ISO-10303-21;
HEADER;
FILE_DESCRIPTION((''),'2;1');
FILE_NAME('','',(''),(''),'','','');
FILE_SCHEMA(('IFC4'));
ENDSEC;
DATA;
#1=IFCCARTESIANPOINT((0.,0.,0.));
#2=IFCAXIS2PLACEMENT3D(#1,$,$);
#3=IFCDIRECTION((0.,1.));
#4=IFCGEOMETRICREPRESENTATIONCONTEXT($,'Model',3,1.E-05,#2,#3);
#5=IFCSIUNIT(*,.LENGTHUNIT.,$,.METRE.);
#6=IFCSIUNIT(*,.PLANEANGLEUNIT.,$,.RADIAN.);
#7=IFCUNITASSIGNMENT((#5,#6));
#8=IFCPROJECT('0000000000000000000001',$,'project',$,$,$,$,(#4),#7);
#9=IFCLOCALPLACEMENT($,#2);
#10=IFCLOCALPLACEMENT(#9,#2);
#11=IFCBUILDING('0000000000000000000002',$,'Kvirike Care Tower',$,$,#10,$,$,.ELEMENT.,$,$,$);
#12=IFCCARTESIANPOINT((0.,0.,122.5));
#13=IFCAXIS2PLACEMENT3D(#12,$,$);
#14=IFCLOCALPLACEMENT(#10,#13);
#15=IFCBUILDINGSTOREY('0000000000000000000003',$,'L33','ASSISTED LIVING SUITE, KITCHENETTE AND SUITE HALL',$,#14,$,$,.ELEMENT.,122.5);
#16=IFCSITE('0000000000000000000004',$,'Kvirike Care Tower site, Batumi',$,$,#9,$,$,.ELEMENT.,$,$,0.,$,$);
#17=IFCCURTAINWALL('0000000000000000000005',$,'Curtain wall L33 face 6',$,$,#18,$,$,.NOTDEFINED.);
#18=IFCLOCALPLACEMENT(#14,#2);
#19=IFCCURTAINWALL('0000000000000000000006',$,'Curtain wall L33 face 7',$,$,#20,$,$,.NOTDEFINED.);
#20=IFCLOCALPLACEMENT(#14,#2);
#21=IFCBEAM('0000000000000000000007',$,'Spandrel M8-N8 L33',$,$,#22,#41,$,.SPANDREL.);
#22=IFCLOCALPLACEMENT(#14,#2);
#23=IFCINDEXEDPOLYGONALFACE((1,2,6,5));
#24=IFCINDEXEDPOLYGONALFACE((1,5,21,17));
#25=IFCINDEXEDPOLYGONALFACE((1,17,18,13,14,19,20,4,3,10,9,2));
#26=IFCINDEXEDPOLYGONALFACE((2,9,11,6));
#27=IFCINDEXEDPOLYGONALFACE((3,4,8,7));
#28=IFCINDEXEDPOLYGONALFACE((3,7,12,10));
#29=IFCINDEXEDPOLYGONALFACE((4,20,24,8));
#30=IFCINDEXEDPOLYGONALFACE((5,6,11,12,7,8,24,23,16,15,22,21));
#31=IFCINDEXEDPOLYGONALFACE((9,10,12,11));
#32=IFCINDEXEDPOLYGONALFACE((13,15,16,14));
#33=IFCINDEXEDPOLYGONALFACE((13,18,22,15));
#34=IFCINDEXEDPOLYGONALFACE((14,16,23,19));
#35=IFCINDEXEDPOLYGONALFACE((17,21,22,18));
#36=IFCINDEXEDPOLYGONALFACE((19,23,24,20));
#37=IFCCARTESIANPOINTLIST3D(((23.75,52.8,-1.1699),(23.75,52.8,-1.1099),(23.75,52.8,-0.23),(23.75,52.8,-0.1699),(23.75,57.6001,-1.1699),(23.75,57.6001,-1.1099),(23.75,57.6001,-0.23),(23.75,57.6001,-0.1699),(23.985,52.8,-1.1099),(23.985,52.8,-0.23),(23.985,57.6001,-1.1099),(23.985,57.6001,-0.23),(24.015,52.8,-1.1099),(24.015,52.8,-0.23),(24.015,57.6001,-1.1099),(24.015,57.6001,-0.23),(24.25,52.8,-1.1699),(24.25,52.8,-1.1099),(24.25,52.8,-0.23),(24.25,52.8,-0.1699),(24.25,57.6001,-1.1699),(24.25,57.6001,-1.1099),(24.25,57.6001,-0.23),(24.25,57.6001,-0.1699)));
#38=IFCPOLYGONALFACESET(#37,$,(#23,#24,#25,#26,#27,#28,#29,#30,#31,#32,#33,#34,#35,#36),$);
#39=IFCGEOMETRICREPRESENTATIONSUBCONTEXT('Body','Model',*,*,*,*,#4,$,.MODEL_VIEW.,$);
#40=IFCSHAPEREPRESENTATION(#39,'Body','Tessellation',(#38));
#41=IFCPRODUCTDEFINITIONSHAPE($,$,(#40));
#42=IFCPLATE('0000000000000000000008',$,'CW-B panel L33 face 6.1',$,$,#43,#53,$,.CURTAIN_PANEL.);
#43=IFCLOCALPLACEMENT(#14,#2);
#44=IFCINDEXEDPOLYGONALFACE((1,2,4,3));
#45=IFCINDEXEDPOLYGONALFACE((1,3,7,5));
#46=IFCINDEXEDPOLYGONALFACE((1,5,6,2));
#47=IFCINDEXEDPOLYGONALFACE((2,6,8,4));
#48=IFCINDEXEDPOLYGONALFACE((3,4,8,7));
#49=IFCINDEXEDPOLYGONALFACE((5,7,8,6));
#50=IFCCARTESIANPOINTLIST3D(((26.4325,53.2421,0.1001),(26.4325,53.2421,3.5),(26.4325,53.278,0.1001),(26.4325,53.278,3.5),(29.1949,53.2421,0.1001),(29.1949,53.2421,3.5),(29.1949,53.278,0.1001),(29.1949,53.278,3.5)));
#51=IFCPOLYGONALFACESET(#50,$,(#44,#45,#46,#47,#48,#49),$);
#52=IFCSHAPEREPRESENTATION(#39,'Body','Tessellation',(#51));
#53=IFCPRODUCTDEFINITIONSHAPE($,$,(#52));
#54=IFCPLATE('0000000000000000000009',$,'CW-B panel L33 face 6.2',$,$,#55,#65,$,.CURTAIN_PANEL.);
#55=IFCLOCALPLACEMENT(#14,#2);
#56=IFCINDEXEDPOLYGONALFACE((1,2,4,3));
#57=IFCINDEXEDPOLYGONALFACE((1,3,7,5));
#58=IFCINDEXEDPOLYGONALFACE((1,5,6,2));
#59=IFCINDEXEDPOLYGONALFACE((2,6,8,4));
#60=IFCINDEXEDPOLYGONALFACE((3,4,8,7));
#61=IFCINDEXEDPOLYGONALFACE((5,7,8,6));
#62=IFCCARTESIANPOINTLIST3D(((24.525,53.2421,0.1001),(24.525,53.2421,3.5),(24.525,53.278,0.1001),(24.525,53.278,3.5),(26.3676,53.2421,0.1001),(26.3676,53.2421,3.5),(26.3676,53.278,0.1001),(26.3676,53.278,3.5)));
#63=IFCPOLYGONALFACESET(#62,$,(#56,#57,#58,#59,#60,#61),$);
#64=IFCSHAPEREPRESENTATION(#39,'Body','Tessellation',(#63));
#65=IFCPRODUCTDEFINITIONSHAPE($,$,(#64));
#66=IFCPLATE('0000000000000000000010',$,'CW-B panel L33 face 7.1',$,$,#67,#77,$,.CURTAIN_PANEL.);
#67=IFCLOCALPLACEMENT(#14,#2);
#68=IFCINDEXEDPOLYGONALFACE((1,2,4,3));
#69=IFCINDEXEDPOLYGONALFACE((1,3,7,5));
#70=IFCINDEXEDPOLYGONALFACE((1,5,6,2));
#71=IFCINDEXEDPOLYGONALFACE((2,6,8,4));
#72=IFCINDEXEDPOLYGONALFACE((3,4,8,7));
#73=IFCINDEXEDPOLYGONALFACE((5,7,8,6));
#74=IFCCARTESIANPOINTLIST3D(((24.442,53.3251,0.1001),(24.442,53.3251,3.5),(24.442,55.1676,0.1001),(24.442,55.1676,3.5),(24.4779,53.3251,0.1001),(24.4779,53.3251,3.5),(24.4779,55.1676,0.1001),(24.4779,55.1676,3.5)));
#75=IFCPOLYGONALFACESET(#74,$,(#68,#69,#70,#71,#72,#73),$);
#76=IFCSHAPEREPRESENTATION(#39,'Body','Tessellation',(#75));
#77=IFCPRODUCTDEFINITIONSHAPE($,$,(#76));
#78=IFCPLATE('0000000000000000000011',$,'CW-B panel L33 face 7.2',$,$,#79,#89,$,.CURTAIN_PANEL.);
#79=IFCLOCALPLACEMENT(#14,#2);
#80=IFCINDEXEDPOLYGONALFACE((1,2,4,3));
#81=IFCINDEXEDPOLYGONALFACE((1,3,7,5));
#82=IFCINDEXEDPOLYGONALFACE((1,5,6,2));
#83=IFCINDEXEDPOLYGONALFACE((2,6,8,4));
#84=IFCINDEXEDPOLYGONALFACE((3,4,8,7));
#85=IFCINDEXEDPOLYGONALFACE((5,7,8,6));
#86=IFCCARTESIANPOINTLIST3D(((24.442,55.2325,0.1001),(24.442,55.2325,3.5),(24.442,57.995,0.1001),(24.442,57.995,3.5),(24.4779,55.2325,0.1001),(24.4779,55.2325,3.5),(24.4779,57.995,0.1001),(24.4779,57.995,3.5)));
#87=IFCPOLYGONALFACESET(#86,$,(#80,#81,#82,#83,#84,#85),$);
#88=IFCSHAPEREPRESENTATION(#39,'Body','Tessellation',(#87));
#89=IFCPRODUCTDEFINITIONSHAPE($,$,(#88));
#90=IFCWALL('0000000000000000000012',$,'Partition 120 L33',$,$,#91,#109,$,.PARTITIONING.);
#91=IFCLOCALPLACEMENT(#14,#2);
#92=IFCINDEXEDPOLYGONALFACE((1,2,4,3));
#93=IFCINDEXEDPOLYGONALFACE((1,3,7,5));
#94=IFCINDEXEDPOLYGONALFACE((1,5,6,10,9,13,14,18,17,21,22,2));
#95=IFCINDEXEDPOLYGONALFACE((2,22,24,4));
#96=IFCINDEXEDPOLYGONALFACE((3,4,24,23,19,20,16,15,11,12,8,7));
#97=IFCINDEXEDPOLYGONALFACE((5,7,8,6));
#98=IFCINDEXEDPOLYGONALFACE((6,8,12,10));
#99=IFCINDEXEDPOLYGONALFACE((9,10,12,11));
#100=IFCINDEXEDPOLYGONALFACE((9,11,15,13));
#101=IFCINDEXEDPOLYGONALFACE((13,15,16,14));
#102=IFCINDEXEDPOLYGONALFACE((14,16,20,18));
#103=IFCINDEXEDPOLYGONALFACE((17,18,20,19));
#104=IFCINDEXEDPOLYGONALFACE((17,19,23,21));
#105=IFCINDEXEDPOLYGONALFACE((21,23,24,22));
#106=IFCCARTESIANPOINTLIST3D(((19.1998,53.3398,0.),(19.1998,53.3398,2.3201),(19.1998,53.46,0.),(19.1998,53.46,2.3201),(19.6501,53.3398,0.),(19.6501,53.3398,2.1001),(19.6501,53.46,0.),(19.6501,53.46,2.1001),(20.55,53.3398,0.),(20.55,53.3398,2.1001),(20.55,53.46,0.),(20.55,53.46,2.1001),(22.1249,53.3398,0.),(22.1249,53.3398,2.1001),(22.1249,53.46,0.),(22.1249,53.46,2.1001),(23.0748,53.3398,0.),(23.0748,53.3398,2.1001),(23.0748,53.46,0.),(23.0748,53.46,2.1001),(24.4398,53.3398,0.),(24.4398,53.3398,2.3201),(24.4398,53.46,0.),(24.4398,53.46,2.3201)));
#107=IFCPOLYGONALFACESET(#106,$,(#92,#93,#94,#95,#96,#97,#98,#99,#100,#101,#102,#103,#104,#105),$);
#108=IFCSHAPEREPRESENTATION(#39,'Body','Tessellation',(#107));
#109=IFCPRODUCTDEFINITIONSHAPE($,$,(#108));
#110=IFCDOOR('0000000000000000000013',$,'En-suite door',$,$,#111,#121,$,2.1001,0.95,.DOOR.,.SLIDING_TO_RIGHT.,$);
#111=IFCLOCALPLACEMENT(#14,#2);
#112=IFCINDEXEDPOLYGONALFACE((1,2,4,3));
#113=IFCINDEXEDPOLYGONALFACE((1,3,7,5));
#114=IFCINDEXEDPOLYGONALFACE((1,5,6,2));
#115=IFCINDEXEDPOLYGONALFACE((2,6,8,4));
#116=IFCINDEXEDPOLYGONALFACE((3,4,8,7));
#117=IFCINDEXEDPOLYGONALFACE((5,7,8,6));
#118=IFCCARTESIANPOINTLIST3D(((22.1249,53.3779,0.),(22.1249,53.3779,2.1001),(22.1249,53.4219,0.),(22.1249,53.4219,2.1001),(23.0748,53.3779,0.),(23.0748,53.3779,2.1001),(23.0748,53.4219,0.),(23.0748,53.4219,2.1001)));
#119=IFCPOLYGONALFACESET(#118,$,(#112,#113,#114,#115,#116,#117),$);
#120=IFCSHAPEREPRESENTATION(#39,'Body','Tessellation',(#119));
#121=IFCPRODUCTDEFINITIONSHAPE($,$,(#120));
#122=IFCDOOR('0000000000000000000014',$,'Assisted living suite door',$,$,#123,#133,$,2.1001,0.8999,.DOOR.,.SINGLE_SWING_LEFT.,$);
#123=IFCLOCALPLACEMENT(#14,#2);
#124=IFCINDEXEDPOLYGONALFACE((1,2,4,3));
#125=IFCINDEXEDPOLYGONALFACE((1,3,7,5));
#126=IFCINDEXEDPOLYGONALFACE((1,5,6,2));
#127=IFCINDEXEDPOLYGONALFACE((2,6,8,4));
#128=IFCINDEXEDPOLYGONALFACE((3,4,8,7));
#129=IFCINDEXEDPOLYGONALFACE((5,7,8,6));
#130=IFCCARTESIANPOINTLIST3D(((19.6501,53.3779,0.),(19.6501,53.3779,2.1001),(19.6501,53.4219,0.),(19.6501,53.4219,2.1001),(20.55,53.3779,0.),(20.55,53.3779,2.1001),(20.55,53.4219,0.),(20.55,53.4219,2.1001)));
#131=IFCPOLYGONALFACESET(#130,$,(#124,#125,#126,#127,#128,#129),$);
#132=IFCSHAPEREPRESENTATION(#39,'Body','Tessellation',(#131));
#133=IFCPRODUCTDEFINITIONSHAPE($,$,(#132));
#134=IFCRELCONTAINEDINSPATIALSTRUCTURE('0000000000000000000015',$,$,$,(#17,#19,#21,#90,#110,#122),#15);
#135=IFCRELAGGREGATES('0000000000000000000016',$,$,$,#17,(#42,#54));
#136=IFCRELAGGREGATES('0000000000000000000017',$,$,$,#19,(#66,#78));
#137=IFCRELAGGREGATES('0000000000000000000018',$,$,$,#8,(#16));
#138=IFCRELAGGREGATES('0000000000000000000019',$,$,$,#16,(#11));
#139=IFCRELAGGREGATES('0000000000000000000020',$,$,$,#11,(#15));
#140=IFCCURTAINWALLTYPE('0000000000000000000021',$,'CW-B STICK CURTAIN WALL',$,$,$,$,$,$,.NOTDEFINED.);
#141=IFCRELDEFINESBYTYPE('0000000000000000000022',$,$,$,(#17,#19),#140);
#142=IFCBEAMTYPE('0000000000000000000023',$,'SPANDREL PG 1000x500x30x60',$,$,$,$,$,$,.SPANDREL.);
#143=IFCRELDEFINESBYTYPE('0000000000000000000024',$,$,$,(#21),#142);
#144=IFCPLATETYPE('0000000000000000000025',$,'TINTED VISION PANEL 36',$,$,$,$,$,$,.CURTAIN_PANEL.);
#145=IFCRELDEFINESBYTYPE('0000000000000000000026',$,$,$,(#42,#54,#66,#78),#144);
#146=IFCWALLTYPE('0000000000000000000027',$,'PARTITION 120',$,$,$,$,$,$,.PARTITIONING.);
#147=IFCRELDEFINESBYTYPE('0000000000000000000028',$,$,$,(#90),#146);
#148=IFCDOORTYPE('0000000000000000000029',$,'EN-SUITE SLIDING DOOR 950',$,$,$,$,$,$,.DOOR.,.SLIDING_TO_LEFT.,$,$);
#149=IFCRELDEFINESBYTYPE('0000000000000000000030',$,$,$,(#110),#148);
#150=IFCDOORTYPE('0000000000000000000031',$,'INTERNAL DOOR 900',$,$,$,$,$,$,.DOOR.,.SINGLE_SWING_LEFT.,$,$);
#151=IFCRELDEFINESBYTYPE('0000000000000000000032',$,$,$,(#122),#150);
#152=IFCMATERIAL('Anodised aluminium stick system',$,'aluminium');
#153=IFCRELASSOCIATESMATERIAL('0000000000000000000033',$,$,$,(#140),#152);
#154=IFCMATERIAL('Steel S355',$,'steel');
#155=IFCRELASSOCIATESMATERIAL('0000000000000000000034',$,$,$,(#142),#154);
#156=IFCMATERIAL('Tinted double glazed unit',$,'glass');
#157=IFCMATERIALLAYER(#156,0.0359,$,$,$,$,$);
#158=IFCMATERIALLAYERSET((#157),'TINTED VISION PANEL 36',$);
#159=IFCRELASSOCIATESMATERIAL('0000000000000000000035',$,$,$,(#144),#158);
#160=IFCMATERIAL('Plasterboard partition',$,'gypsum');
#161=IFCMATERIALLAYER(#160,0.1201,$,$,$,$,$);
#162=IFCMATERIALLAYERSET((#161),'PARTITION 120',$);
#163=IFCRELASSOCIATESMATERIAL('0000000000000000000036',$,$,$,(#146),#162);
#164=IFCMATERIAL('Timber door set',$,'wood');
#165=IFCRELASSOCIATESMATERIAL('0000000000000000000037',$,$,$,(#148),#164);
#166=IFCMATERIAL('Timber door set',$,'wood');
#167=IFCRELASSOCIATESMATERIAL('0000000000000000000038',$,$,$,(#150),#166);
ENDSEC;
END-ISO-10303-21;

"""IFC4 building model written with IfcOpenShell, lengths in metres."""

from ifc_helpers import new_model, si_unit, direction, frame, frame_2d, origin, origin_2d, place, context, subcontext, project, spatial, rectangle, i_section, extrude, material, layer, layer_set, material_profile, profile_set, type_object, element, fill, aggregate, save


model = new_model("IFC4")

# Units and contexts
model_context = context("Model", 3, precision=1e-05, world=origin(), true_north=direction((0.0, 1.0)))
body_context = subcontext(model_context, "Body", "Model", "MODEL_VIEW")
ifc_project = project(units=[si_unit("LENGTHUNIT", "METRE"), si_unit("PLANEANGLEUNIT", "RADIAN")], contexts=[model_context])

# Site, building, storey
site_placement = place(None, origin())
site = spatial("IfcSite", under=ifc_project, at=site_placement, Name="Kvirike Care Tower site, Batumi", CompositionType="ELEMENT", RefElevation=0.0)
building_placement = place(site_placement, origin())
building = spatial("IfcBuilding", under=site, at=building_placement, Name="Kvirike Care Tower", CompositionType="ELEMENT")
storey_placement = place(building_placement, frame((0.0, 0.0, 122.5)))
storey = spatial("IfcBuildingStorey", under=building, at=storey_placement, Name="L33", Description="ASSISTED LIVING SUITE, KITCHENETTE AND SUITE HALL", CompositionType="ELEMENT", Elevation=122.5)

# Curtain walls
ifc_material_1 = material(Name="Anodised aluminium stick system", Category="aluminium")
curtain_wall_type = type_object("IfcCurtainWallType", Name="CW-B STICK CURTAIN WALL", PredefinedType="NOTDEFINED", material=ifc_material_1)
curtain_wall_1_placement = place(storey_placement, origin())
curtain_wall_1 = element("IfcCurtainWall", 1, at=curtain_wall_1_placement, inside=storey, type_object=curtain_wall_type, Name="Curtain wall L33 face 6", PredefinedType="NOTDEFINED")
curtain_wall_2_placement = place(storey_placement, origin())
curtain_wall_2 = element("IfcCurtainWall", 2, at=curtain_wall_2_placement, inside=storey, type_object=curtain_wall_type, Name="Curtain wall L33 face 7", PredefinedType="NOTDEFINED")

# Beam
ifc_material_2 = material(Name="Steel S355", Category="steel")
ifc_material_profile_1 = material_profile(ifc_material_2, i_section(OverallWidth=0.5, OverallDepth=1.0, WebThickness=0.03, FlangeThickness=0.0601, at=origin_2d()), Name="PG 1000x500x30x60")
ifc_profile_set_1 = profile_set([ifc_material_profile_1], Name="Steel S355")
beam_type = type_object("IfcBeamType", Name="SPANDREL PG 1000x500x30x60", PredefinedType="SPANDREL", material=ifc_profile_set_1)
beam_placement = place(storey_placement, frame((24.0, 52.8, -0.6699), z_axis=(0.0, 1.0, 0.0), x_axis=(-1.0, 0.0, 0.0)))
element("IfcBeam", 3, at=beam_placement, inside=storey, type_object=beam_type, Name="Spandrel M8-N8 L33", PredefinedType="SPANDREL", context=body_context, shape_type="SweptSolid", body=[
    extrude(i_section(OverallWidth=0.5, OverallDepth=1.0, WebThickness=0.03, FlangeThickness=0.0601, at=origin_2d()), origin(), (0.0, 0.0, 1.0), 4.8),
])

# Plates
ifc_material_3 = material(Name="Tinted double glazed unit", Category="glass")
ifc_layer_1 = layer(ifc_material_3, 0.0359)
ifc_layer_set_1 = layer_set([ifc_layer_1], Name="TINTED VISION PANEL 36")
plate_type = type_object("IfcPlateType", Name="TINTED VISION PANEL 36", PredefinedType="CURTAIN_PANEL", material=ifc_layer_set_1)
plate_1_placement = place(storey_placement, frame((27.8137, 53.26, 0.1001), z_axis=(0.0, 0.0, 1.0), x_axis=(-1.0, 0.0, 0.0)))
plate_1 = element("IfcPlate", 4, at=plate_1_placement, type_object=plate_type, Name="CW-B panel L33 face 6.1", PredefinedType="CURTAIN_PANEL", context=body_context, shape_type="SweptSolid", body=[
    extrude(rectangle(XDim=2.7625, YDim=0.0359, at=origin_2d()), origin(), (0.0, 0.0, 1.0), 3.3999),
])
plate_2_placement = place(storey_placement, frame((25.4463, 53.26, 0.1001), z_axis=(0.0, 0.0, 1.0), x_axis=(-1.0, 0.0, 0.0)))
plate_2 = element("IfcPlate", 5, at=plate_2_placement, type_object=plate_type, Name="CW-B panel L33 face 6.2", PredefinedType="CURTAIN_PANEL", context=body_context, shape_type="SweptSolid", body=[
    extrude(rectangle(XDim=1.8425, YDim=0.0359, at=origin_2d()), origin(), (0.0, 0.0, 1.0), 3.3999),
])
aggregate(curtain_wall_1, [plate_1, plate_2])
plate_3_placement = place(storey_placement, frame((24.46, 54.2463, 0.1001), z_axis=(0.0, 0.0, 1.0), x_axis=(0.0, 1.0, 0.0)))
plate_3 = element("IfcPlate", 6, at=plate_3_placement, type_object=plate_type, Name="CW-B panel L33 face 7.1", PredefinedType="CURTAIN_PANEL", context=body_context, shape_type="SweptSolid", body=[
    extrude(rectangle(XDim=1.8425, YDim=0.0359, at=origin_2d()), origin(), (0.0, 0.0, 1.0), 3.3999),
])
plate_4_placement = place(storey_placement, frame((24.46, 56.6138, 0.1001), z_axis=(0.0, 0.0, 1.0), x_axis=(0.0, 1.0, 0.0)))
plate_4 = element("IfcPlate", 7, at=plate_4_placement, type_object=plate_type, Name="CW-B panel L33 face 7.2", PredefinedType="CURTAIN_PANEL", context=body_context, shape_type="SweptSolid", body=[
    extrude(rectangle(XDim=2.7625, YDim=0.0359, at=origin_2d()), origin(), (0.0, 0.0, 1.0), 3.3999),
])
aggregate(curtain_wall_2, [plate_3, plate_4])

# Wall, openings, doors
ifc_material_4 = material(Name="Plasterboard partition", Category="gypsum")
ifc_layer_2 = layer(ifc_material_4, 0.1201)
ifc_layer_set_2 = layer_set([ifc_layer_2], Name="PARTITION 120")
wall_type = type_object("IfcWallType", Name="PARTITION 120", PredefinedType="PARTITIONING", material=ifc_layer_set_2)
wall_placement = place(storey_placement, frame((24.4399, 53.3999, 0.0), z_axis=(0.0, 0.0, 1.0), x_axis=(-1.0, 0.0, 0.0)))
wall = element("IfcWall", 8, at=wall_placement, inside=storey, type_object=wall_type, Name="Partition 120 L33", PredefinedType="PARTITIONING", context=body_context, shape_type="SweptSolid", body=[
    extrude(rectangle(XDim=5.24, YDim=0.1201, at=frame_2d((2.6201, 0.0))), origin(), (0.0, 0.0, 1.0), 2.3201),
])
opening_1_placement = place(wall_placement, frame((3.8899, 0.0, 0.0)))
opening_1 = element("IfcOpeningElement", 9, at=opening_1_placement, cuts=wall, PredefinedType="OPENING", context=body_context, shape_type="SweptSolid", body=[
    extrude(rectangle(XDim=0.8999, YDim=2.1001, at=frame_2d((0.45, 1.05))), frame((0.0, 0.0706, 0.0), z_axis=(0.0, -1.0, 0.0), x_axis=(1.0, 0.0, 0.0)), (0.0, 0.0, 1.0), 0.1411),
])
opening_2_placement = place(wall_placement, frame((1.365, 0.0, 0.0)))
opening_2 = element("IfcOpeningElement", 10, at=opening_2_placement, cuts=wall, PredefinedType="OPENING", context=body_context, shape_type="SweptSolid", body=[
    extrude(rectangle(XDim=0.95, YDim=2.1001, at=frame_2d((0.4751, 1.05))), frame((0.0, 0.0706, 0.0), z_axis=(0.0, -1.0, 0.0), x_axis=(1.0, 0.0, 0.0)), (0.0, 0.0, 1.0), 0.1411),
])
ifc_material_5 = material(Name="Timber door set", Category="wood")
door_type_1 = type_object("IfcDoorType", Name="EN-SUITE SLIDING DOOR 950", OperationType="SLIDING_TO_LEFT", PredefinedType="DOOR", material=ifc_material_5)
door_1_placement = place(opening_2_placement, origin())
door_1 = element("IfcDoor", 11, at=door_1_placement, inside=storey, type_object=door_type_1, Name="En-suite door", OperationType="SLIDING_TO_RIGHT", OverallHeight=2.1001, OverallWidth=0.95, PredefinedType="DOOR", context=body_context, shape_type="SweptSolid", body=[
    extrude(rectangle(XDim=0.95, YDim=2.1001, at=frame_2d((0.4751, 1.05))), frame((0.0, 0.022, 0.0), z_axis=(0.0, -1.0, 0.0), x_axis=(1.0, 0.0, 0.0)), (0.0, 0.0, 1.0), 0.0439),
])
fill(opening_2, door_1)
ifc_material_6 = material(Name="Timber door set", Category="wood")
door_type_2 = type_object("IfcDoorType", Name="INTERNAL DOOR 900", OperationType="SINGLE_SWING_LEFT", PredefinedType="DOOR", material=ifc_material_6)
door_2_placement = place(opening_1_placement, origin())
door_2 = element("IfcDoor", 12, at=door_2_placement, inside=storey, type_object=door_type_2, Name="Assisted living suite door", OperationType="SINGLE_SWING_LEFT", OverallHeight=2.1001, OverallWidth=0.8999, PredefinedType="DOOR", context=body_context, shape_type="SweptSolid", body=[
    extrude(rectangle(XDim=0.8999, YDim=2.1001, at=frame_2d((0.45, 1.05))), frame((0.0, 0.022, 0.0), z_axis=(0.0, -1.0, 0.0), x_axis=(1.0, 0.0, 0.0)), (0.0, 0.0, 1.0), 0.0439),
])
fill(opening_1, door_2)

save(model, "model.ifc")
